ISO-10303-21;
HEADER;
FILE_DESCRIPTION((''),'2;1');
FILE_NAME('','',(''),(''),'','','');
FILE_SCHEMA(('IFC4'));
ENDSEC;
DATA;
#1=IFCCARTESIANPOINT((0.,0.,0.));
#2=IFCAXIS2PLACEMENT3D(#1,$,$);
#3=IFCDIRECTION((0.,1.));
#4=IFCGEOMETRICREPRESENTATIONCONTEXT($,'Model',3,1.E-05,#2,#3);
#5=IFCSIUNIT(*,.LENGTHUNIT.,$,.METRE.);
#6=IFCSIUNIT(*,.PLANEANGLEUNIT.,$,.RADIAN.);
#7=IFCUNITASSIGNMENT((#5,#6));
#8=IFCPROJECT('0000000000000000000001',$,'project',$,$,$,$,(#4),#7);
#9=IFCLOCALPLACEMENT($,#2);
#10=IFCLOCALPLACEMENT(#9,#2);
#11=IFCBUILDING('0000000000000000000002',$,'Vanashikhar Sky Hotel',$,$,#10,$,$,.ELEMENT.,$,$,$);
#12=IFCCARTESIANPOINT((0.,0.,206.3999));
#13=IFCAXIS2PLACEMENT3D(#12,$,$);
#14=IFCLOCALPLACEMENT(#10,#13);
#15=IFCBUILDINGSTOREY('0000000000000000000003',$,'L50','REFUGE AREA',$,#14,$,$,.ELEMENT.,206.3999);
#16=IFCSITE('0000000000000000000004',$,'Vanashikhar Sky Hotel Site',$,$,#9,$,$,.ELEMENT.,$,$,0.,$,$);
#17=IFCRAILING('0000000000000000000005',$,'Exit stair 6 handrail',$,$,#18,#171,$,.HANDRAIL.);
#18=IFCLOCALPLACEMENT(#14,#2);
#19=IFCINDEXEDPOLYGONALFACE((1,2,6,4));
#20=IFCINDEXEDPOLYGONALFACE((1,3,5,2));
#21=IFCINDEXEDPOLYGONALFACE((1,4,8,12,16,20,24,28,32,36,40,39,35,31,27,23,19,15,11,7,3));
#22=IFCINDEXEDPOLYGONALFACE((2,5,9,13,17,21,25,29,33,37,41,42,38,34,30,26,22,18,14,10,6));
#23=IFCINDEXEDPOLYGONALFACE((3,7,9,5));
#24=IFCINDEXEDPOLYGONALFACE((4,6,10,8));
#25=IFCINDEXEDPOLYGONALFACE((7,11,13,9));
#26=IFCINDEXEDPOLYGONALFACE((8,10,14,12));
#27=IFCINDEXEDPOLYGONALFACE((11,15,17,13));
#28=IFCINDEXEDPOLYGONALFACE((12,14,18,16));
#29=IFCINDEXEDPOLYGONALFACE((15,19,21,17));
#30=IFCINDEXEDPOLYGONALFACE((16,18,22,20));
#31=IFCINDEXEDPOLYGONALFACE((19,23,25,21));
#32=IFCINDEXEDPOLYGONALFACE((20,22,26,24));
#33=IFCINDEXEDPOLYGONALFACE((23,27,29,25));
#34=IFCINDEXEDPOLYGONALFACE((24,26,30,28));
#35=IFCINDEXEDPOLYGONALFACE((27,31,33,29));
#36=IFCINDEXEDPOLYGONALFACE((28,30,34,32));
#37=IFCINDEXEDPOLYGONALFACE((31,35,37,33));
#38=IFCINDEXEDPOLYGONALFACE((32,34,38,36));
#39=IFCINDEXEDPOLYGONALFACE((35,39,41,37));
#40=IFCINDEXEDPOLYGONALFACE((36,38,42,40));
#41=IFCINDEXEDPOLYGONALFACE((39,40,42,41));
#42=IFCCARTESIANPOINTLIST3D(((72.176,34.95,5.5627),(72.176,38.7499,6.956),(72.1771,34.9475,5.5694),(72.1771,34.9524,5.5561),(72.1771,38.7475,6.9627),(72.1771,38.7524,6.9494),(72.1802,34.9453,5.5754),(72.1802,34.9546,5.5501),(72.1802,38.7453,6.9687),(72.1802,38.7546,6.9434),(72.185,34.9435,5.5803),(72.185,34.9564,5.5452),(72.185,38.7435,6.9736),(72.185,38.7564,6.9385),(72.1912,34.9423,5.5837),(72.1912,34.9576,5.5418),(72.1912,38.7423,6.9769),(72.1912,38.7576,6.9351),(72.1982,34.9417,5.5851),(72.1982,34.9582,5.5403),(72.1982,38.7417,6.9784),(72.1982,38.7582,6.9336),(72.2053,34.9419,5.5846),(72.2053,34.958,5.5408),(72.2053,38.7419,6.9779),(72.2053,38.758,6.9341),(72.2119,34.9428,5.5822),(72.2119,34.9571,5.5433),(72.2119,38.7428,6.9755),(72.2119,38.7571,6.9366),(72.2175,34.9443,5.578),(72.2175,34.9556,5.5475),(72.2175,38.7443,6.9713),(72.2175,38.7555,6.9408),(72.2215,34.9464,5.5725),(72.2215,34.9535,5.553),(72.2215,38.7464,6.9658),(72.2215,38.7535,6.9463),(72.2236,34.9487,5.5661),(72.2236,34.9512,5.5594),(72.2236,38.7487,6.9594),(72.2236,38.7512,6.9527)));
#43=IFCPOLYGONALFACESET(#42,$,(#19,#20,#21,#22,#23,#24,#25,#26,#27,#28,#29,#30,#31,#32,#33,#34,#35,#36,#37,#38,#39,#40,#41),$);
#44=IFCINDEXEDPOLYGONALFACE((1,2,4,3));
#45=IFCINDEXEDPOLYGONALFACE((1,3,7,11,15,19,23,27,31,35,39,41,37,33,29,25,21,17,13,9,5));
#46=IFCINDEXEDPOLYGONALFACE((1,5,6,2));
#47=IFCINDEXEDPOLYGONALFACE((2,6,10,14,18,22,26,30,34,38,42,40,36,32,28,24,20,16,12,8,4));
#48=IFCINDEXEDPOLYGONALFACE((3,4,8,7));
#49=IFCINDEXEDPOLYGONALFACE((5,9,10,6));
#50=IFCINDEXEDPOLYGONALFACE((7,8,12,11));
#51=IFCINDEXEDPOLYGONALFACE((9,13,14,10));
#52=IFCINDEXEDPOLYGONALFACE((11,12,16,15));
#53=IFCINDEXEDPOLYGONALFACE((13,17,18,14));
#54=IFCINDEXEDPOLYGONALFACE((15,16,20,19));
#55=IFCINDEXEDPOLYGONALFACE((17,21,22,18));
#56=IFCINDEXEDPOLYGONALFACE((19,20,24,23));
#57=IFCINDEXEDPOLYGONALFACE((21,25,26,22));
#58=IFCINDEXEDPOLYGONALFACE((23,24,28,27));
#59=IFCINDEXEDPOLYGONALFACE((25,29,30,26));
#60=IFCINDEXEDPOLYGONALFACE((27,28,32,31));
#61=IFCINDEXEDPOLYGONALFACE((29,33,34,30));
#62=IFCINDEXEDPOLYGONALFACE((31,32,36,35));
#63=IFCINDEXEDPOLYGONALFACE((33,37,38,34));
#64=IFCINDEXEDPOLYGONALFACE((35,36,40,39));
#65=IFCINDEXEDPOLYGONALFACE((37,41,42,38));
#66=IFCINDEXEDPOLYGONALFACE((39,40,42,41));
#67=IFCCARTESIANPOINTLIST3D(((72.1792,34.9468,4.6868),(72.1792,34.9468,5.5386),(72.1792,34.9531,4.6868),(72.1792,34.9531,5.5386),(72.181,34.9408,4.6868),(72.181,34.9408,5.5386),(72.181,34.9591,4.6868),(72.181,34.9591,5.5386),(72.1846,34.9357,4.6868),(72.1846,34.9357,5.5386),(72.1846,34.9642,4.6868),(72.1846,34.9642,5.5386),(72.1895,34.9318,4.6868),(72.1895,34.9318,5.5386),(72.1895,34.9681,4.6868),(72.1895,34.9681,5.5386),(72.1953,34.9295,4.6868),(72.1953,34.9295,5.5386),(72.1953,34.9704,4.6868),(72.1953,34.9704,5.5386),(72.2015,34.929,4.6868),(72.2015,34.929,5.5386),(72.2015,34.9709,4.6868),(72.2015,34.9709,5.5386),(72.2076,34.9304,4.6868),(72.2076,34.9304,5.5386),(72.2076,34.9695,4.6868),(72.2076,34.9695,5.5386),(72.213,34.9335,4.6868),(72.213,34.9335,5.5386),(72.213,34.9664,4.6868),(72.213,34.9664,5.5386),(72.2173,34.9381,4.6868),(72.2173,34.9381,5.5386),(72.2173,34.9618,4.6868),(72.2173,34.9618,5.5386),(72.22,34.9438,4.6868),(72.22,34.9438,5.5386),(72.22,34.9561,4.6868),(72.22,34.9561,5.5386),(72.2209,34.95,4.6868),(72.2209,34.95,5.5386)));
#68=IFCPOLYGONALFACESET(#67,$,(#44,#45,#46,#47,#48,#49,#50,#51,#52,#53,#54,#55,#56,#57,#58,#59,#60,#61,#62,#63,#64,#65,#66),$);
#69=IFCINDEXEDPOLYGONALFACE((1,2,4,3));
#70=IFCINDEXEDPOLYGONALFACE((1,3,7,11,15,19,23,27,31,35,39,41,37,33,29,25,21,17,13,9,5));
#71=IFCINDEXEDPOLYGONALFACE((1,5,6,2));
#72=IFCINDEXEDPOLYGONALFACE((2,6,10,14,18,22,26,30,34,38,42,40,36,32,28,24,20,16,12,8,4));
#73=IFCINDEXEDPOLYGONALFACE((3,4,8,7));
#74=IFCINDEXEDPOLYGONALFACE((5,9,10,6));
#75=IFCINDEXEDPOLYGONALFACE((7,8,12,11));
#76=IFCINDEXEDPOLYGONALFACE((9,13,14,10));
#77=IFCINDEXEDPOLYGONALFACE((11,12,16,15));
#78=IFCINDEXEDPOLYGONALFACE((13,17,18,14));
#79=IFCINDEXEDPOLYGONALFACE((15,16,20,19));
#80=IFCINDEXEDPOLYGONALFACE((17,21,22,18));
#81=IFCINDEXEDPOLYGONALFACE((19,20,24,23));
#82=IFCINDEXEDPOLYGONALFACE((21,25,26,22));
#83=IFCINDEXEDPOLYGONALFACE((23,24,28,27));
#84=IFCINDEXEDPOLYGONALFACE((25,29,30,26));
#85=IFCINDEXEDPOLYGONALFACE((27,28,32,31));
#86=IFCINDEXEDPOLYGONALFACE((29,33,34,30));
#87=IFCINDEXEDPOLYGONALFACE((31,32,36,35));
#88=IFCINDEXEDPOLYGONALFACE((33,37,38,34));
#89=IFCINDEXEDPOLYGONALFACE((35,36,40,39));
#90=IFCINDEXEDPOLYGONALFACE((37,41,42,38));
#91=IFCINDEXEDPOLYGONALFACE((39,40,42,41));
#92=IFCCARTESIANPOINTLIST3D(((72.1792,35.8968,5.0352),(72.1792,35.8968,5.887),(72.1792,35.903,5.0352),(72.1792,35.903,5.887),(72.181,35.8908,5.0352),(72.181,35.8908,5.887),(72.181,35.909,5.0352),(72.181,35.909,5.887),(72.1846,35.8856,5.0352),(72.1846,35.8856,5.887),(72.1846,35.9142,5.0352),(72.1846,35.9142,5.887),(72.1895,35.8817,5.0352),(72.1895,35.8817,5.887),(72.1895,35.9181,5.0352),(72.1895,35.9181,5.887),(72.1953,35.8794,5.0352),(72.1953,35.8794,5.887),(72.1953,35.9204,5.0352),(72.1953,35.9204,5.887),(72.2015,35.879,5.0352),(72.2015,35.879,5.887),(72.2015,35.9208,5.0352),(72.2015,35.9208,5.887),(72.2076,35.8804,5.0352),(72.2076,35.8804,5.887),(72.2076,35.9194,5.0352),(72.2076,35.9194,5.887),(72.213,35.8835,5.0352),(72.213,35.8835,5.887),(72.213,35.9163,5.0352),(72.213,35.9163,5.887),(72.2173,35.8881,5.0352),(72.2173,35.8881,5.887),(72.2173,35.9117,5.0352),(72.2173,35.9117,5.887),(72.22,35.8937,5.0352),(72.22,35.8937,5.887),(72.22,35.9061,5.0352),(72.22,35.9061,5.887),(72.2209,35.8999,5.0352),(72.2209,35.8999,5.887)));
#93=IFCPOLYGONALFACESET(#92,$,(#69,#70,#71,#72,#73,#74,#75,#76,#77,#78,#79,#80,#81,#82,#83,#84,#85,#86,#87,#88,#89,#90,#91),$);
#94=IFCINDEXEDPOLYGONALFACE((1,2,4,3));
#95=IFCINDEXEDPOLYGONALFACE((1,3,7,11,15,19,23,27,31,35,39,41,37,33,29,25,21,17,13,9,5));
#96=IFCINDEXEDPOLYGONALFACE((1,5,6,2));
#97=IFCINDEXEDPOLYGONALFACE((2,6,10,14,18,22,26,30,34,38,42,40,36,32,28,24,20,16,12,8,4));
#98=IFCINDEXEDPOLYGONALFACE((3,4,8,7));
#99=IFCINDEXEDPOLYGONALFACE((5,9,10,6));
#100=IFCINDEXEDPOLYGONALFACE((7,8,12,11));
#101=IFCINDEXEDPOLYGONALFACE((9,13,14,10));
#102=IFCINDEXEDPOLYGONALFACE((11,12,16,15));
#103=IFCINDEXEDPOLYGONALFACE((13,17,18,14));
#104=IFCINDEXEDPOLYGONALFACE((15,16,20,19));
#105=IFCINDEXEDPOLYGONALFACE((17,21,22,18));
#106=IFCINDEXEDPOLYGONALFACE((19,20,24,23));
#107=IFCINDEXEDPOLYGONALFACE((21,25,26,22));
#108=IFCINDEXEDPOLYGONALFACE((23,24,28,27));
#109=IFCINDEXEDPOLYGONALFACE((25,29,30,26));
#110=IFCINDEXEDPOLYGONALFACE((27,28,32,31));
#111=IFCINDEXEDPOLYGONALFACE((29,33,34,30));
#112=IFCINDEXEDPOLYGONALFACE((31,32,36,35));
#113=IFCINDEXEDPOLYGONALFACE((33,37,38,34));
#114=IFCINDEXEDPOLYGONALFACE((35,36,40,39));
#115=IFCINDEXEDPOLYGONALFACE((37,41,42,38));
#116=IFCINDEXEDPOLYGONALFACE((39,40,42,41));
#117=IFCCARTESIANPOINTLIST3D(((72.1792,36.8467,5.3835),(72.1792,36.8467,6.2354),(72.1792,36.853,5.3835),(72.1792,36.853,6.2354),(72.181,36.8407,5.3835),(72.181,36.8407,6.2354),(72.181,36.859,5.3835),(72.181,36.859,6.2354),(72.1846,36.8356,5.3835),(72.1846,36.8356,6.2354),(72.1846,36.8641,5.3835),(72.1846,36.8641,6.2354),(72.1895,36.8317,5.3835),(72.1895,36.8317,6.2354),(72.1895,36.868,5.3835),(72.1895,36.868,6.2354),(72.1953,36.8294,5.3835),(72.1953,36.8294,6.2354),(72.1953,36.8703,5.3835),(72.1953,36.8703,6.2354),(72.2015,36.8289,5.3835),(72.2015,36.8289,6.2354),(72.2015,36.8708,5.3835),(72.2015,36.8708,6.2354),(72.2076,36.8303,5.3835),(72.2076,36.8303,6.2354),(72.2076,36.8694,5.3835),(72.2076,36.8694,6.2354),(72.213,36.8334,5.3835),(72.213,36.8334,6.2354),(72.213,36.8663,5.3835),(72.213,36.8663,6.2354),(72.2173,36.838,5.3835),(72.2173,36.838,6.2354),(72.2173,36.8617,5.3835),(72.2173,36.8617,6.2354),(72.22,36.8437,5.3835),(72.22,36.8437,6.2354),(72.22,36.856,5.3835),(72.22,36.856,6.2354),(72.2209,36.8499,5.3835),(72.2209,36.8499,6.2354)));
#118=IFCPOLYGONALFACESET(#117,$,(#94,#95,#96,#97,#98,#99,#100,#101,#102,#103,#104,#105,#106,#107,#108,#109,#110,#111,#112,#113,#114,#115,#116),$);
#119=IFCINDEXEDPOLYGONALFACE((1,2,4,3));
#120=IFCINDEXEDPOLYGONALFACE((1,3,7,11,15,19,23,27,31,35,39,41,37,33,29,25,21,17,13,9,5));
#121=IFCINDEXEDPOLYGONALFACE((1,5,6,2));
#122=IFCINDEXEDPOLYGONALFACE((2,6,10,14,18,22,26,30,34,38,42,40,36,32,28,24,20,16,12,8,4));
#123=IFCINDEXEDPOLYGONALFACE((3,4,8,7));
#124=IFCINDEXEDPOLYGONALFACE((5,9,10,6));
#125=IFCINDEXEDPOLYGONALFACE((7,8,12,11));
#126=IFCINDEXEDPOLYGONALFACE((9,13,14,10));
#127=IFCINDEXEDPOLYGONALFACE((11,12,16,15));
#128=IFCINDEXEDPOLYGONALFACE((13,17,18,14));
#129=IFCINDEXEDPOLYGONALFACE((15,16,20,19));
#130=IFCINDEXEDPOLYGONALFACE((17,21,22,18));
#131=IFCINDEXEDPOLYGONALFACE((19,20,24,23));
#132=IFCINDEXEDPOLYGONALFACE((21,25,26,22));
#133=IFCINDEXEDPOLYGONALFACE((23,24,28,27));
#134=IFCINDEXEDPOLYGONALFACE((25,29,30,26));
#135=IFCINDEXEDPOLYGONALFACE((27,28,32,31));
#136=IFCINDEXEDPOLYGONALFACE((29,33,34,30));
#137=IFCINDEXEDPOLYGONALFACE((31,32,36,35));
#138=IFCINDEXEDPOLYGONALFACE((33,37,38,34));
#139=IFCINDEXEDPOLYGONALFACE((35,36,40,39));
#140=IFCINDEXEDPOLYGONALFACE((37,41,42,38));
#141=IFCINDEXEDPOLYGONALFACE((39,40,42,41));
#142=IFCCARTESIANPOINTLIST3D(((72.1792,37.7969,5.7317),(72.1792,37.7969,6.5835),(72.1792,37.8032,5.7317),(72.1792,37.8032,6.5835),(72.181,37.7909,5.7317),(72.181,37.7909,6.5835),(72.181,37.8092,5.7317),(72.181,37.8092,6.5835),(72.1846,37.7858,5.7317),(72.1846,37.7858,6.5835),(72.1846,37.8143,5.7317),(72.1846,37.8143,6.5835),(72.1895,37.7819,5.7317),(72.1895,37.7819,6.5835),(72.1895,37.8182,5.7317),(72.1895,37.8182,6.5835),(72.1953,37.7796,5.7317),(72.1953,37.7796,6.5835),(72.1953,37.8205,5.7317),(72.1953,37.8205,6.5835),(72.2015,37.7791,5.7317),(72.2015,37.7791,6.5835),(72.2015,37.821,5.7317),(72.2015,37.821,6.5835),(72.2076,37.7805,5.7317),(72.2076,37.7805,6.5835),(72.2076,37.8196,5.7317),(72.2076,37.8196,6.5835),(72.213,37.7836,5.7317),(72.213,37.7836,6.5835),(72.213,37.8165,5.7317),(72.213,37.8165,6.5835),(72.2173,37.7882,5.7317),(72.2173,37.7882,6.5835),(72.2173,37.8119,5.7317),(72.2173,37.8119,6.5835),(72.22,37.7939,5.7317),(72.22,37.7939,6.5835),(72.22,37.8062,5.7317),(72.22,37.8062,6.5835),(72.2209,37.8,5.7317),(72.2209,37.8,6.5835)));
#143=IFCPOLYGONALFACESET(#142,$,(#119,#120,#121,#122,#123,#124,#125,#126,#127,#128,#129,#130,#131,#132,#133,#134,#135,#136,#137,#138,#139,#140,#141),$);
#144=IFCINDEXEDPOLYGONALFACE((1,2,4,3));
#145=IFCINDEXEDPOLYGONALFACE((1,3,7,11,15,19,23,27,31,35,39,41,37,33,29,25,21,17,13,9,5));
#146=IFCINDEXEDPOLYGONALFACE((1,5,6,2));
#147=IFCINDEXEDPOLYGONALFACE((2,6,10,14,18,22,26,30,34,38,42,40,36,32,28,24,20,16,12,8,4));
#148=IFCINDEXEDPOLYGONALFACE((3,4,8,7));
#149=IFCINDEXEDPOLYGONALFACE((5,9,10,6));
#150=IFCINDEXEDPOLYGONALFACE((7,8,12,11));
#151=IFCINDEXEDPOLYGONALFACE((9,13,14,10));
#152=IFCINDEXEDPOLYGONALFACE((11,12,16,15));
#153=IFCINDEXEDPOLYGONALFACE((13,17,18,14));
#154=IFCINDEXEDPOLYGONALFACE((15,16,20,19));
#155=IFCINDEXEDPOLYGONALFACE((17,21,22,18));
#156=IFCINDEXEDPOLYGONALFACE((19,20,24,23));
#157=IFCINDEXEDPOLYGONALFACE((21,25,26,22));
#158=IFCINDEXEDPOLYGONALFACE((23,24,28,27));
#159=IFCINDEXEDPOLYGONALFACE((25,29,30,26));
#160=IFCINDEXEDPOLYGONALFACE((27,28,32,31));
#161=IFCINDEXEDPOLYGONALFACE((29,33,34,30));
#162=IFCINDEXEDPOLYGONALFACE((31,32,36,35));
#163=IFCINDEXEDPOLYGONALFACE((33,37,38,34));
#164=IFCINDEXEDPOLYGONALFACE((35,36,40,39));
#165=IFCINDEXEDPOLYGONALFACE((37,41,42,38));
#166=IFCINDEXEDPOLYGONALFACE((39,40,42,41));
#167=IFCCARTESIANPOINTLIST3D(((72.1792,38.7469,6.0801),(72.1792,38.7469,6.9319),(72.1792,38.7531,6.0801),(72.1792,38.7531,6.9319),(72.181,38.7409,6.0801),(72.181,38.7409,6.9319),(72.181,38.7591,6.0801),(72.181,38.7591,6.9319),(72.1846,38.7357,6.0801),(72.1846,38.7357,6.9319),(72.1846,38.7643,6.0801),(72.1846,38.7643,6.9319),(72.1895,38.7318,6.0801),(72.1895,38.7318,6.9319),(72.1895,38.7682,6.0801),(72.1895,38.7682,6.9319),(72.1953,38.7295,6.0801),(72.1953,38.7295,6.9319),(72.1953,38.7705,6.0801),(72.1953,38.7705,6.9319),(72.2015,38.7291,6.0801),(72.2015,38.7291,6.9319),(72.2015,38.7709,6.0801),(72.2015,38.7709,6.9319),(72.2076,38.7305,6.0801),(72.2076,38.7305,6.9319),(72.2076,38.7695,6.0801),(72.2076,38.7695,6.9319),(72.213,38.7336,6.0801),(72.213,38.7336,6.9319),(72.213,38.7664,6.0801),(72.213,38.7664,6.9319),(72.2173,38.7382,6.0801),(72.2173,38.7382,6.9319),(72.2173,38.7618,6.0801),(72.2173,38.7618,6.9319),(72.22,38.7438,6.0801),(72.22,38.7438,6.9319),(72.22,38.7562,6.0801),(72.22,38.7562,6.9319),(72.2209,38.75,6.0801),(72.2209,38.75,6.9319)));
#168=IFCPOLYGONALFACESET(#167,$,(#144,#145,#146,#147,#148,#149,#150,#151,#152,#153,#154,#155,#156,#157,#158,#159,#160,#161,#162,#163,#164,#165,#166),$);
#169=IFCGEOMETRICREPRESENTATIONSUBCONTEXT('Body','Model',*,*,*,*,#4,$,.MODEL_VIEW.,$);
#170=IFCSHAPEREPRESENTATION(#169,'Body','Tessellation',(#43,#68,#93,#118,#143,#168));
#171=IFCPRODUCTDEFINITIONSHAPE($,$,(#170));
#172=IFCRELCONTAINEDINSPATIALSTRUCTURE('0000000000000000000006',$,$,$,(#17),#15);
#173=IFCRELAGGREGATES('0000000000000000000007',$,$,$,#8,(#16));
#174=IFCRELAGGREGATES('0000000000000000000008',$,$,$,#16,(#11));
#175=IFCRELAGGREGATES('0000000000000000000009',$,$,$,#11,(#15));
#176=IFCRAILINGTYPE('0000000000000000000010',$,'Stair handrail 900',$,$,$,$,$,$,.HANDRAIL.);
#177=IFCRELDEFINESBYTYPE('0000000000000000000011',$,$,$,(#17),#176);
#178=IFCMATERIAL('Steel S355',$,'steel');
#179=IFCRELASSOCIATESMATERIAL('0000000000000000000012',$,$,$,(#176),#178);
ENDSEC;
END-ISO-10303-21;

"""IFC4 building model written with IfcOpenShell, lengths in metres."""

from ifc_helpers import new_model, si_unit, direction, frame, origin, origin_2d, place, context, subcontext, project, spatial, circle, extrude, source, transform, mapped, material, type_object, element, save


model = new_model("IFC4")

# Units and contexts
model_context = context("Model", 3, precision=1e-05, world=origin(), true_north=direction((0.0, 1.0)))
body_context = subcontext(model_context, "Body", "Model", "MODEL_VIEW")
ifc_project = project(units=[si_unit("LENGTHUNIT", "METRE"), si_unit("PLANEANGLEUNIT", "RADIAN")], contexts=[model_context])

# Site, building, storey
site_placement = place(None, origin())
site = spatial("IfcSite", under=ifc_project, at=site_placement, Name="Vanashikhar Sky Hotel Site", CompositionType="ELEMENT", RefElevation=0.0)
building_placement = place(site_placement, origin())
building = spatial("IfcBuilding", under=site, at=building_placement, Name="Vanashikhar Sky Hotel", CompositionType="ELEMENT")
storey_placement = place(building_placement, frame((0.0, 0.0, 206.3999)))
storey = spatial("IfcBuildingStorey", under=building, at=storey_placement, Name="L50", Description="REFUGE AREA", CompositionType="ELEMENT", Elevation=206.3999)

# Railing
ifc_material_1 = material(Name="Steel S355", Category="steel")
railing_type_1 = type_object("IfcRailingType", Name="Stair handrail 900", PredefinedType="HANDRAIL", material=ifc_material_1)
shared_shape_1 = source(origin(), body_context, "Body", "SweptSolid", [
    extrude(circle(Radius=0.0239, at=origin_2d()), frame((0.0, 0.0, 0.876), z_axis=(0.0, 0.93888, 0.344246), x_axis=(-1.0, 0.0, 0.0)), (0.0, 0.0, 1.0), 4.0474),
    extrude(circle(Radius=0.021, at=origin_2d()), origin(), (0.0, 0.0, 1.0), 0.8518),
    extrude(circle(Radius=0.021, at=origin_2d()), frame((0.0, 0.95, 0.3484)), (0.0, 0.0, 1.0), 0.8518),
    extrude(circle(Radius=0.021, at=origin_2d()), frame((0.0, 1.8999, 0.6968)), (0.0, 0.0, 1.0), 0.8518),
    extrude(circle(Radius=0.021, at=origin_2d()), frame((0.0, 2.8501, 1.0449)), (0.0, 0.0, 1.0), 0.8518),
    extrude(circle(Radius=0.021, at=origin_2d()), frame((0.0, 3.8, 1.3933)), (0.0, 0.0, 1.0), 0.8518),
])
for number, where, name in (
    (1, (72.2, 34.95, 4.6868), "Exit stair 6 handrail"),
):
    element("IfcRailing", number, at=place(storey_placement, frame(where)), inside=storey, type_object=railing_type_1, Name=name, PredefinedType="HANDRAIL", context=body_context, shape_type="MappedRepresentation", body=[
        mapped(shared_shape_1, transform((0.0, 0.0, 0.0), scale=1.0)),
    ])

save(model, "model.ifc")
